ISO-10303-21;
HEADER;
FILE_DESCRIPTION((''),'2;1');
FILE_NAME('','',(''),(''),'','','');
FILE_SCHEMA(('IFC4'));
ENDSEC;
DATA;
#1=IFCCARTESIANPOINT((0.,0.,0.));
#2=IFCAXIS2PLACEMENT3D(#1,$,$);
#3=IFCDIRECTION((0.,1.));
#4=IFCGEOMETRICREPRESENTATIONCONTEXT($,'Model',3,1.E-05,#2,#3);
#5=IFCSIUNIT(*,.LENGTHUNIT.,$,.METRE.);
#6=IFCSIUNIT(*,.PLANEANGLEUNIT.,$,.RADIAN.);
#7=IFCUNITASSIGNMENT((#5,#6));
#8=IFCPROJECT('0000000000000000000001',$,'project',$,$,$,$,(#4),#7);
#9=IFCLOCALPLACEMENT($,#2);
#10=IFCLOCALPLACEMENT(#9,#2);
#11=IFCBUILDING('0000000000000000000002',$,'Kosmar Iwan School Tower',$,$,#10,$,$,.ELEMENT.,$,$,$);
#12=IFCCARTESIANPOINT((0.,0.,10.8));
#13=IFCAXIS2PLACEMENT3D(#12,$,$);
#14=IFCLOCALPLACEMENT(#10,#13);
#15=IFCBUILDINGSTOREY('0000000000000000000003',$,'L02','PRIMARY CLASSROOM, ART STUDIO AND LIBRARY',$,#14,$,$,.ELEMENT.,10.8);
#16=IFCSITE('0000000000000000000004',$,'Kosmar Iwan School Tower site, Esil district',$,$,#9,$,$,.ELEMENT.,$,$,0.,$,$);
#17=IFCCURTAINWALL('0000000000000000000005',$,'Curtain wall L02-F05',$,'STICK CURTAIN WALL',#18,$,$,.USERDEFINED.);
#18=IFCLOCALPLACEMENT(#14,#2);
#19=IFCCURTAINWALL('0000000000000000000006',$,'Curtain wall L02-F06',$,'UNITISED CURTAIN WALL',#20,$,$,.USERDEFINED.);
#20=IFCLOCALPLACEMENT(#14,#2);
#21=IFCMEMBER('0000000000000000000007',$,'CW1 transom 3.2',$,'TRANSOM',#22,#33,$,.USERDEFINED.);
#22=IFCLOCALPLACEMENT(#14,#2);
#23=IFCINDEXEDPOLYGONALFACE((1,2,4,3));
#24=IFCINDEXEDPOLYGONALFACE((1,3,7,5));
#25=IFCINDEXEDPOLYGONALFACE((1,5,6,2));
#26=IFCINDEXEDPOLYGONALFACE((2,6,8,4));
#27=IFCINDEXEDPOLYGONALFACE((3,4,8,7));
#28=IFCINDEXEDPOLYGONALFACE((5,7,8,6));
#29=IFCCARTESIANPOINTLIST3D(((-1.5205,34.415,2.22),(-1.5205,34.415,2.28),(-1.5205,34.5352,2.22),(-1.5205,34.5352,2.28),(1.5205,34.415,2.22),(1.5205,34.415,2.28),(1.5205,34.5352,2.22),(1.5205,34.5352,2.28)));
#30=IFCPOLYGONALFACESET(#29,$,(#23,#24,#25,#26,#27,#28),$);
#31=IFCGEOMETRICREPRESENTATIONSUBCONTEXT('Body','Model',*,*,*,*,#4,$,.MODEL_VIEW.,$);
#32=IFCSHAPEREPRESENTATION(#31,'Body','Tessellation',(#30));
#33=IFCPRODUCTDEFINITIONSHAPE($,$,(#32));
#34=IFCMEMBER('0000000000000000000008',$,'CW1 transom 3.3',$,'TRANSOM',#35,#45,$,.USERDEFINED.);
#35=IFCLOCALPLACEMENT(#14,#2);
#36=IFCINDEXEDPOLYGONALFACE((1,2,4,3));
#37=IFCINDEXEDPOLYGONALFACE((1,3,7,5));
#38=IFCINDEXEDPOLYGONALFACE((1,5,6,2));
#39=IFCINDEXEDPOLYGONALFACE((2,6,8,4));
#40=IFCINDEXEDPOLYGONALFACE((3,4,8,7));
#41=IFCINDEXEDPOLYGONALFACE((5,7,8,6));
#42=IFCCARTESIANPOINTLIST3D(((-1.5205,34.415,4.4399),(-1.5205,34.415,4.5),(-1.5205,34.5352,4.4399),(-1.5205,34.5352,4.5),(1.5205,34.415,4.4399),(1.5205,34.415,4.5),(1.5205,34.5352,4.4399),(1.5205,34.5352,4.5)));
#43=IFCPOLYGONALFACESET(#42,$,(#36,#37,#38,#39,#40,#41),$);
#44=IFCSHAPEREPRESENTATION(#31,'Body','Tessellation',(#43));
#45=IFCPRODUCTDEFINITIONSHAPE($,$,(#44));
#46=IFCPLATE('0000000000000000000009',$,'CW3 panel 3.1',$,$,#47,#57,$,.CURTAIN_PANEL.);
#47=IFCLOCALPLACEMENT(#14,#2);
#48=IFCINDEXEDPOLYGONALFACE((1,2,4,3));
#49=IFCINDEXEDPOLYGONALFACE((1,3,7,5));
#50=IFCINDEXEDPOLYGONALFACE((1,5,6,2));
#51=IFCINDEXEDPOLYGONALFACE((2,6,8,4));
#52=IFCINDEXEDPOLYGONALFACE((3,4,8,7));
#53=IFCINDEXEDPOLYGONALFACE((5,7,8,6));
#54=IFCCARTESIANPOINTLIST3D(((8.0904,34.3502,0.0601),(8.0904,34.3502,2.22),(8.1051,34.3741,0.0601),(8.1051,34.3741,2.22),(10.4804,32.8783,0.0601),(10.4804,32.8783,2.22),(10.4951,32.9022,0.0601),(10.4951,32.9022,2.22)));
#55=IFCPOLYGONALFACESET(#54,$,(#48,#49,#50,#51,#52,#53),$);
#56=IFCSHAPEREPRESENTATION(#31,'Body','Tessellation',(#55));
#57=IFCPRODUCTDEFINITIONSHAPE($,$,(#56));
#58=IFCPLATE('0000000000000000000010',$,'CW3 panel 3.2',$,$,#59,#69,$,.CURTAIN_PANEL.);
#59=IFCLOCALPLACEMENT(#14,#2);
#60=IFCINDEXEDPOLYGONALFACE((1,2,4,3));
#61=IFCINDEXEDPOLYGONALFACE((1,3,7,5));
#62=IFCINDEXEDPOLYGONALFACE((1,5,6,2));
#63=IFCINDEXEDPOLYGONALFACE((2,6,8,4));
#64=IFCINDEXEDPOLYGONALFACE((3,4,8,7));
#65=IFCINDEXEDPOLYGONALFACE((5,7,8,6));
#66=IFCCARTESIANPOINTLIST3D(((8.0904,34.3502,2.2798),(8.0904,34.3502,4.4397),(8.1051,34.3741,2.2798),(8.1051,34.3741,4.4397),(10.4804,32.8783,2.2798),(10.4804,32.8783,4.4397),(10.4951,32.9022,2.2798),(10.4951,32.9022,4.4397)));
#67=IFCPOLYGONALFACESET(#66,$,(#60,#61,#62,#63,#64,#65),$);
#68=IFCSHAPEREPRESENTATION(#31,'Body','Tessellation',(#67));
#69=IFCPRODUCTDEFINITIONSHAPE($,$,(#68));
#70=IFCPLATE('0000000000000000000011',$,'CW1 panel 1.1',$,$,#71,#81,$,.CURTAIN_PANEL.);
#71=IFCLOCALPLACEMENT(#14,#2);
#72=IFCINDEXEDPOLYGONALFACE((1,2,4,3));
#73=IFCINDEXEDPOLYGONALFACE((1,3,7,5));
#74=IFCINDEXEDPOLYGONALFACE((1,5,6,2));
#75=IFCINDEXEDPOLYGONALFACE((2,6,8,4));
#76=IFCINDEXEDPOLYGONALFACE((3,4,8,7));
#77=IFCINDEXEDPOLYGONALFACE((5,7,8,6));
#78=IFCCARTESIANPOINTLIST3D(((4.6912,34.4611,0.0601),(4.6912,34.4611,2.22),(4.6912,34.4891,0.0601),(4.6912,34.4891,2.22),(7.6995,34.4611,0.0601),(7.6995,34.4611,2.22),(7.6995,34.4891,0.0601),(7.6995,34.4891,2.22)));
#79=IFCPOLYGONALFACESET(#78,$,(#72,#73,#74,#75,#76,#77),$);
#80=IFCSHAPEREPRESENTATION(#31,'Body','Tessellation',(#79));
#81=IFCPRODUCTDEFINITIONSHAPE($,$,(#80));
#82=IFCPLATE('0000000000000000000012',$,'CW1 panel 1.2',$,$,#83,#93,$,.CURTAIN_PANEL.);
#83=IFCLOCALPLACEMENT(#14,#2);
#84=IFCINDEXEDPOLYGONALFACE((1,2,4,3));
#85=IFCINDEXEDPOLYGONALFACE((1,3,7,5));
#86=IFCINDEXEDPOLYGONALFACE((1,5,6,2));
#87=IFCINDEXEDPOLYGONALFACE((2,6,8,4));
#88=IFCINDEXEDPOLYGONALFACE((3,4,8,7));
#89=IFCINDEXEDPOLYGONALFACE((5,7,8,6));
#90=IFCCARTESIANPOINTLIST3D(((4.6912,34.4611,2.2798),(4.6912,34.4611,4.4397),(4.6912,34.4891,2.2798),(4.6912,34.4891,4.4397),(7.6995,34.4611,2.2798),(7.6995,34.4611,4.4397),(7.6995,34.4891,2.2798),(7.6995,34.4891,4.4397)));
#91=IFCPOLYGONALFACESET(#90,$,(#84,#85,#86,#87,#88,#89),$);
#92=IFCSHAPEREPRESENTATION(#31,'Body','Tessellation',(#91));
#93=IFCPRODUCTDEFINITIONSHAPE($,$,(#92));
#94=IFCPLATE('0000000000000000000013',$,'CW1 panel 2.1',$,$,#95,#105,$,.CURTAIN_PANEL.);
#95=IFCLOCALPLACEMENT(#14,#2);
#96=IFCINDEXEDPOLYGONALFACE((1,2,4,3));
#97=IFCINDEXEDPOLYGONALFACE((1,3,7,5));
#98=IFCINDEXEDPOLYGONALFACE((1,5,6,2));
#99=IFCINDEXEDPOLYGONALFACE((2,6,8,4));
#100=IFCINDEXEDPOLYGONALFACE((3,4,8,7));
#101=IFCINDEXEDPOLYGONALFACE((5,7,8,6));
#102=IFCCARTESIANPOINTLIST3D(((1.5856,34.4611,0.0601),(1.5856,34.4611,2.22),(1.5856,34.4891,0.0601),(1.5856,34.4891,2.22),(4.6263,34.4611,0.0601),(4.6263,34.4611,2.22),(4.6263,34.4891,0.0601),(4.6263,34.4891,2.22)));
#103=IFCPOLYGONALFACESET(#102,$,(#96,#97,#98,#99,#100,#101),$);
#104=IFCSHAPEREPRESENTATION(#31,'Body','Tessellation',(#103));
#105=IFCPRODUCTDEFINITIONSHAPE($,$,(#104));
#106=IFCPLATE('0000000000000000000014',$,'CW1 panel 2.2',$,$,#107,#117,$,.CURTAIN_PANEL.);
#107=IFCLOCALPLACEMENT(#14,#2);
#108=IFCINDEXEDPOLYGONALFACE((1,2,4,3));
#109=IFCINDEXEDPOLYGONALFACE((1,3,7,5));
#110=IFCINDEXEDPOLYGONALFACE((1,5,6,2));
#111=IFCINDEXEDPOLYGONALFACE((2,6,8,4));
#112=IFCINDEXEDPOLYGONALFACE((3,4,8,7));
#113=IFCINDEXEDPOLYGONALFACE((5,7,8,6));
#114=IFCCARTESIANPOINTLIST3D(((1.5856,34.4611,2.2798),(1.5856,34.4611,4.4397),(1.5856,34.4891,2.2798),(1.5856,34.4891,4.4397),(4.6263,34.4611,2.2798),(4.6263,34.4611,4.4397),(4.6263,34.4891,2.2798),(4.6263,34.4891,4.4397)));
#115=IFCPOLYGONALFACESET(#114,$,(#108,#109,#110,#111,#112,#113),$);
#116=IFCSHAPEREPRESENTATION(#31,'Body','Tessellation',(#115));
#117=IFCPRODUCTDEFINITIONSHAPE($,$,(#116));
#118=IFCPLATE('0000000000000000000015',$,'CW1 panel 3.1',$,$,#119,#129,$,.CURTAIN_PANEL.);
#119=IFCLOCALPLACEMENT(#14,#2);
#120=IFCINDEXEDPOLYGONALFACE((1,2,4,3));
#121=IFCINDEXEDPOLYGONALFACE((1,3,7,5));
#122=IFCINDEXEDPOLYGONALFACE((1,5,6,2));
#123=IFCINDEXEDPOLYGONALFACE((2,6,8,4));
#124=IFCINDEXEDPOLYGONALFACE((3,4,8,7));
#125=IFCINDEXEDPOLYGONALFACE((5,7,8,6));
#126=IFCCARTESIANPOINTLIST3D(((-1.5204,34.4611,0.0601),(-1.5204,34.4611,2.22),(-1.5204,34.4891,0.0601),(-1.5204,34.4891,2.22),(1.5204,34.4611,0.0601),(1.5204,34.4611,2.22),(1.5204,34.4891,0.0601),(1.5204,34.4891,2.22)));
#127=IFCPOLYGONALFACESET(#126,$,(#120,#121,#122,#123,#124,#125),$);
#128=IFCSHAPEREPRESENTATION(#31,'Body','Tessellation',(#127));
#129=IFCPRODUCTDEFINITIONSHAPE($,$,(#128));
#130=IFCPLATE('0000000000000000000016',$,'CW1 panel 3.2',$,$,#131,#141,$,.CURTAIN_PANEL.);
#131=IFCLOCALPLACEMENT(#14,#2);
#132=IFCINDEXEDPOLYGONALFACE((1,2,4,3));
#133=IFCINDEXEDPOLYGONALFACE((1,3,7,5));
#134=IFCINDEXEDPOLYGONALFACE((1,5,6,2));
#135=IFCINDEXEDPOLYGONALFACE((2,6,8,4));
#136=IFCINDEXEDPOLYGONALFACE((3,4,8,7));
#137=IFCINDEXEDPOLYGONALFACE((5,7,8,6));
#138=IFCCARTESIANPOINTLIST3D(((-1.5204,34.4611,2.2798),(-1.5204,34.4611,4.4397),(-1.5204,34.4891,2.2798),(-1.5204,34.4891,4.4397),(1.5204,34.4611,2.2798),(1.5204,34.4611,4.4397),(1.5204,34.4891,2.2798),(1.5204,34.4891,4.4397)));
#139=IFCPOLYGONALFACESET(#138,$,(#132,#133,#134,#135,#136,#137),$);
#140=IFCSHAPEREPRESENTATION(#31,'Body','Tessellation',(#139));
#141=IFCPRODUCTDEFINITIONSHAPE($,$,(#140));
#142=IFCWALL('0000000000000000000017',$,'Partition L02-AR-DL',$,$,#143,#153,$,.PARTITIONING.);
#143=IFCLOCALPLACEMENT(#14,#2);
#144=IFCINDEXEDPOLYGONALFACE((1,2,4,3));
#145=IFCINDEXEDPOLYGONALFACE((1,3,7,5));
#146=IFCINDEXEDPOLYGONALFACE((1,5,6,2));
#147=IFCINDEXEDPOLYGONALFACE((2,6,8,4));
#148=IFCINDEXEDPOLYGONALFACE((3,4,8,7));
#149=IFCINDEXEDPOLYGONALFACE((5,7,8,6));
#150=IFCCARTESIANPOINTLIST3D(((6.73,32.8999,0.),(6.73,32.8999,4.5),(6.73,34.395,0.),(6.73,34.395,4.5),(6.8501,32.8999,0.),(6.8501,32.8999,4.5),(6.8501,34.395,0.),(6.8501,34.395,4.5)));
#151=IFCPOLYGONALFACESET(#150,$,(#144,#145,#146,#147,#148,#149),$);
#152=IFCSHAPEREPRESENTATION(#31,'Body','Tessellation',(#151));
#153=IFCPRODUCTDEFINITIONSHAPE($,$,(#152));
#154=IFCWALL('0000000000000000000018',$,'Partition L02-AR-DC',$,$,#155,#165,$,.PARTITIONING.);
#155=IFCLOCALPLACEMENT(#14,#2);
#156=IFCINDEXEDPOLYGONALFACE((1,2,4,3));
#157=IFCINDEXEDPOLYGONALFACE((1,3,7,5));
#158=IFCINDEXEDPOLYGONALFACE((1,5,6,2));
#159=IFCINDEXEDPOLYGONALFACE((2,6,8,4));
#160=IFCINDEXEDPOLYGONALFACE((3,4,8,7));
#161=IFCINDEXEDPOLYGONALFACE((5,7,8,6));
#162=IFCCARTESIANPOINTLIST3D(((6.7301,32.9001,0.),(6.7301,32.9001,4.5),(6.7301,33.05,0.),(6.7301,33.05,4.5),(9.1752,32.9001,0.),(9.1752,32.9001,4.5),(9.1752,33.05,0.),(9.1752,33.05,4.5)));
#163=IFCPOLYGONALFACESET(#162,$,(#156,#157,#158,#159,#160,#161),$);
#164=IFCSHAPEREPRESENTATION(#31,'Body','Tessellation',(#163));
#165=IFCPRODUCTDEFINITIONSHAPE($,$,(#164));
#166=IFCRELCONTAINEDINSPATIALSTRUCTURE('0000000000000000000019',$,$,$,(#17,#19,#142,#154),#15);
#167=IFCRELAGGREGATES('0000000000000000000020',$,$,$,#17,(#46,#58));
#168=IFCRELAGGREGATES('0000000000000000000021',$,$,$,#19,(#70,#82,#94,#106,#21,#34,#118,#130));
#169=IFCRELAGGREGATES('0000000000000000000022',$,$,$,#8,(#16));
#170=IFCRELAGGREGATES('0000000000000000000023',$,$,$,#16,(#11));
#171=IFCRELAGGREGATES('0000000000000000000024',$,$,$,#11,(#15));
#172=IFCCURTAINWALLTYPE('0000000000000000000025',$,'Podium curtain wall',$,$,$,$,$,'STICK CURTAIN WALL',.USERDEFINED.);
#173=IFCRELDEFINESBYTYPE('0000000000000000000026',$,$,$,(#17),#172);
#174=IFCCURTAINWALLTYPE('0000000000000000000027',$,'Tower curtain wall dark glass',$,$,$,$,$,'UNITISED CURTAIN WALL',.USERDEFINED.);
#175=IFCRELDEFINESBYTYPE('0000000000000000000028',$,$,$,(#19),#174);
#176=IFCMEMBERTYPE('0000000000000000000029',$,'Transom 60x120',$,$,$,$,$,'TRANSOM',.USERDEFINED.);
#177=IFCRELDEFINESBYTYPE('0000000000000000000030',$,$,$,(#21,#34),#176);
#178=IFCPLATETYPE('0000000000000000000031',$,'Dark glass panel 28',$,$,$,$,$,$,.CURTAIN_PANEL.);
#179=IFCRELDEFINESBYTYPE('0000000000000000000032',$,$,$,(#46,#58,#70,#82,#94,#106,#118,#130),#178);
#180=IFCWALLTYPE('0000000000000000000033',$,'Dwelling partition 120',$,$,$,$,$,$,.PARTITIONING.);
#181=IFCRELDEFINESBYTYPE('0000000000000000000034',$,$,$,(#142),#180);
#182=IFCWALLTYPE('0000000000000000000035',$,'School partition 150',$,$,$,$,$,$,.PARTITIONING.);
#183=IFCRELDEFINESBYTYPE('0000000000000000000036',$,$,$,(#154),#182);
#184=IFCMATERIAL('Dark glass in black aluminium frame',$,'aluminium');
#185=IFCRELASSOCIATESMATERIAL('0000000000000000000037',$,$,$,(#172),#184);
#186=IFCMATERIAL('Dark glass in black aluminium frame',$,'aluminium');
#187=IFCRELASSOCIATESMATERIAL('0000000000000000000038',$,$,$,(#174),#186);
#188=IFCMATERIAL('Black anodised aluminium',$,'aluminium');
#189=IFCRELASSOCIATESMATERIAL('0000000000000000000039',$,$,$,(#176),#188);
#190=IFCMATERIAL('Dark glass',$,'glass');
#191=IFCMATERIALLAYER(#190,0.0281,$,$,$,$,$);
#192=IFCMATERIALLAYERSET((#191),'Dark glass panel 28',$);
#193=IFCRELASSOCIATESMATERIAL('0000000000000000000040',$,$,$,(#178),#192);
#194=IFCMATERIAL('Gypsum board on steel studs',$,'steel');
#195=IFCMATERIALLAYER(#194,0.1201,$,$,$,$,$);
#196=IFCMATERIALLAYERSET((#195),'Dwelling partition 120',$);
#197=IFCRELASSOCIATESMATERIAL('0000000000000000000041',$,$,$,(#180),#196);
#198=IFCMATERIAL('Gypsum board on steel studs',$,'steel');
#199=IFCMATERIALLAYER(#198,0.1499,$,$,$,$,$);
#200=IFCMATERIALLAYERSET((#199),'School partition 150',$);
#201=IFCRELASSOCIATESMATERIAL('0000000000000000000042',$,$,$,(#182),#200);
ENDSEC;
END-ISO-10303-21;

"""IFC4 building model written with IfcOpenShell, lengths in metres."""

from ifc_helpers import new_model, si_unit, direction, frame, frame_2d, origin, origin_2d, place, context, subcontext, project, spatial, rectangle, extrude, material, layer, layer_set, material_profile, profile_set, type_object, element, aggregate, save


model = new_model("IFC4")

# Units and contexts
model_context = context("Model", 3, precision=1e-05, world=origin(), true_north=direction((0.0, 1.0)))
body_context = subcontext(model_context, "Body", "Model", "MODEL_VIEW")
ifc_project = project(units=[si_unit("LENGTHUNIT", "METRE"), si_unit("PLANEANGLEUNIT", "RADIAN")], contexts=[model_context])

# Site, building, storey
site_placement = place(None, origin())
site = spatial("IfcSite", under=ifc_project, at=site_placement, Name="Kosmar Iwan School Tower site, Esil district", CompositionType="ELEMENT", RefElevation=0.0)
building_placement = place(site_placement, origin())
building = spatial("IfcBuilding", under=site, at=building_placement, Name="Kosmar Iwan School Tower", CompositionType="ELEMENT")
storey_placement = place(building_placement, frame((0.0, 0.0, 10.8)))
storey = spatial("IfcBuildingStorey", under=building, at=storey_placement, Name="L02", Description="PRIMARY CLASSROOM, ART STUDIO AND LIBRARY", CompositionType="ELEMENT", Elevation=10.8)

# Curtain wall
ifc_material_1 = material(Name="Dark glass in black aluminium frame", Category="aluminium")
curtain_wall_type_1 = type_object("IfcCurtainWallType", Name="Podium curtain wall", ElementType="STICK CURTAIN WALL", PredefinedType="USERDEFINED", material=ifc_material_1)
curtain_wall_1_placement = place(storey_placement, origin())
curtain_wall_1 = element("IfcCurtainWall", 1, at=curtain_wall_1_placement, inside=storey, type_object=curtain_wall_type_1, Name="Curtain wall L02-F05", ObjectType="STICK CURTAIN WALL", PredefinedType="USERDEFINED")

# Curtain wall
ifc_material_2 = material(Name="Dark glass in black aluminium frame", Category="aluminium")
curtain_wall_type_2 = type_object("IfcCurtainWallType", Name="Tower curtain wall dark glass", ElementType="UNITISED CURTAIN WALL", PredefinedType="USERDEFINED", material=ifc_material_2)
curtain_wall_2_placement = place(storey_placement, origin())
curtain_wall_2 = element("IfcCurtainWall", 2, at=curtain_wall_2_placement, inside=storey, type_object=curtain_wall_type_2, Name="Curtain wall L02-F06", ObjectType="UNITISED CURTAIN WALL", PredefinedType="USERDEFINED")

# Members
ifc_material_3 = material(Name="Black anodised aluminium", Category="aluminium")
ifc_material_profile_1 = material_profile(ifc_material_3, rectangle(XDim=0.1201, YDim=0.0601, at=origin_2d()), Name="TRANSOM 60x120")
ifc_profile_set_1 = profile_set([ifc_material_profile_1], Name="Black anodised aluminium")
member_type_1 = type_object("IfcMemberType", Name="Transom 60x120", ElementType="TRANSOM", PredefinedType="USERDEFINED", material=ifc_profile_set_1)
member_1_placement = place(storey_placement, frame((1.5205, 34.4751, 2.25), z_axis=(-1.0, 0.0, 0.0), x_axis=(0.0, -1.0, 0.0)))
member_1 = element("IfcMember", 3, at=member_1_placement, type_object=member_type_1, Name="CW1 transom 3.2", ObjectType="TRANSOM", PredefinedType="USERDEFINED", context=body_context, shape_type="SweptSolid", body=[
    extrude(rectangle(XDim=0.1201, YDim=0.0601, at=origin_2d()), origin(), (0.0, 0.0, 1.0), 3.041),
])
member_2_placement = place(storey_placement, frame((1.5205, 34.4751, 4.47), z_axis=(-1.0, 0.0, 0.0), x_axis=(0.0, -1.0, 0.0)))
member_2 = element("IfcMember", 4, at=member_2_placement, type_object=member_type_1, Name="CW1 transom 3.3", ObjectType="TRANSOM", PredefinedType="USERDEFINED", context=body_context, shape_type="SweptSolid", body=[
    extrude(rectangle(XDim=0.1201, YDim=0.0601, at=origin_2d()), origin(), (0.0, 0.0, 1.0), 3.041),
])

# Plates
ifc_material_4 = material(Name="Dark glass", Category="glass")
ifc_layer_1 = layer(ifc_material_4, 0.0281)
ifc_layer_set_1 = layer_set([ifc_layer_1], Name="Dark glass panel 28")
plate_type = type_object("IfcPlateType", Name="Dark glass panel 28", PredefinedType="CURTAIN_PANEL", material=ifc_layer_set_1)
plate_1_placement = place(storey_placement, frame((9.2927, 33.6262, 0.0601), z_axis=(0.0, 0.0, 1.0), x_axis=(-0.851483, 0.524382, 0.0)))
plate_1 = element("IfcPlate", 5, at=plate_1_placement, type_object=plate_type, Name="CW3 panel 3.1", PredefinedType="CURTAIN_PANEL", context=body_context, shape_type="SweptSolid", body=[
    extrude(rectangle(XDim=2.8069, YDim=0.0281, at=origin_2d()), origin(), (0.0, 0.0, 1.0), 2.1599),
])
plate_2_placement = place(storey_placement, frame((9.2927, 33.6262, 2.2798), z_axis=(0.0, 0.0, 1.0), x_axis=(-0.851483, 0.524382, 0.0)))
plate_2 = element("IfcPlate", 6, at=plate_2_placement, type_object=plate_type, Name="CW3 panel 3.2", PredefinedType="CURTAIN_PANEL", context=body_context, shape_type="SweptSolid", body=[
    extrude(rectangle(XDim=2.8069, YDim=0.0281, at=origin_2d()), origin(), (0.0, 0.0, 1.0), 2.1599),
])
aggregate(curtain_wall_1, [plate_1, plate_2])
plate_3_placement = place(storey_placement, frame((6.1953, 34.4751, 0.0601), z_axis=(0.0, 0.0, 1.0), x_axis=(-1.0, 0.0, 0.0)))
plate_3 = element("IfcPlate", 7, at=plate_3_placement, type_object=plate_type, Name="CW1 panel 1.1", PredefinedType="CURTAIN_PANEL", context=body_context, shape_type="SweptSolid", body=[
    extrude(rectangle(XDim=3.0083, YDim=0.0281, at=origin_2d()), origin(), (0.0, 0.0, 1.0), 2.1599),
])
plate_4_placement = place(storey_placement, frame((6.1953, 34.4751, 2.2798), z_axis=(0.0, 0.0, 1.0), x_axis=(-1.0, 0.0, 0.0)))
plate_4 = element("IfcPlate", 8, at=plate_4_placement, type_object=plate_type, Name="CW1 panel 1.2", PredefinedType="CURTAIN_PANEL", context=body_context, shape_type="SweptSolid", body=[
    extrude(rectangle(XDim=3.0083, YDim=0.0281, at=origin_2d()), origin(), (0.0, 0.0, 1.0), 2.1599),
])
plate_5_placement = place(storey_placement, frame((3.106, 34.4751, 0.0601), z_axis=(0.0, 0.0, 1.0), x_axis=(-1.0, 0.0, 0.0)))
plate_5 = element("IfcPlate", 9, at=plate_5_placement, type_object=plate_type, Name="CW1 panel 2.1", PredefinedType="CURTAIN_PANEL", context=body_context, shape_type="SweptSolid", body=[
    extrude(rectangle(XDim=3.0408, YDim=0.0281, at=origin_2d()), origin(), (0.0, 0.0, 1.0), 2.1599),
])
plate_6_placement = place(storey_placement, frame((3.106, 34.4751, 2.2798), z_axis=(0.0, 0.0, 1.0), x_axis=(-1.0, 0.0, 0.0)))
plate_6 = element("IfcPlate", 10, at=plate_6_placement, type_object=plate_type, Name="CW1 panel 2.2", PredefinedType="CURTAIN_PANEL", context=body_context, shape_type="SweptSolid", body=[
    extrude(rectangle(XDim=3.0408, YDim=0.0281, at=origin_2d()), origin(), (0.0, 0.0, 1.0), 2.1599),
])
plate_7_placement = place(storey_placement, frame((0.0, 34.4751, 0.0601), z_axis=(0.0, 0.0, 1.0), x_axis=(-1.0, 0.0, 0.0)))
plate_7 = element("IfcPlate", 11, at=plate_7_placement, type_object=plate_type, Name="CW1 panel 3.1", PredefinedType="CURTAIN_PANEL", context=body_context, shape_type="SweptSolid", body=[
    extrude(rectangle(XDim=3.0408, YDim=0.0281, at=origin_2d()), origin(), (0.0, 0.0, 1.0), 2.1599),
])
plate_8_placement = place(storey_placement, frame((0.0, 34.4751, 2.2798), z_axis=(0.0, 0.0, 1.0), x_axis=(-1.0, 0.0, 0.0)))
plate_8 = element("IfcPlate", 12, at=plate_8_placement, type_object=plate_type, Name="CW1 panel 3.2", PredefinedType="CURTAIN_PANEL", context=body_context, shape_type="SweptSolid", body=[
    extrude(rectangle(XDim=3.0408, YDim=0.0281, at=origin_2d()), origin(), (0.0, 0.0, 1.0), 2.1599),
])
aggregate(curtain_wall_2, [plate_3, plate_4, plate_5, plate_6, member_1, member_2, plate_7, plate_8])

# Walls
ifc_material_5 = material(Name="Gypsum board on steel studs", Category="steel")
ifc_layer_2 = layer(ifc_material_5, 0.1201)
ifc_layer_set_2 = layer_set([ifc_layer_2], Name="Dwelling partition 120")
wall_type_1 = type_object("IfcWallType", Name="Dwelling partition 120", PredefinedType="PARTITIONING", material=ifc_layer_set_2)
wall_1_placement = place(storey_placement, frame((6.79, 32.8999, 0.0), z_axis=(0.0, 0.0, 1.0), x_axis=(0.0, 1.0, 0.0)))
element("IfcWall", 13, at=wall_1_placement, inside=storey, type_object=wall_type_1, Name="Partition L02-AR-DL", PredefinedType="PARTITIONING", context=body_context, shape_type="SweptSolid", body=[
    extrude(rectangle(XDim=1.4951, YDim=0.1201, at=frame_2d((0.7476, 0.0))), origin(), (0.0, 0.0, 1.0), 4.5),
])
ifc_material_6 = material(Name="Gypsum board on steel studs", Category="steel")
ifc_layer_3 = layer(ifc_material_6, 0.1499)
ifc_layer_set_3 = layer_set([ifc_layer_3], Name="School partition 150")
wall_type_2 = type_object("IfcWallType", Name="School partition 150", PredefinedType="PARTITIONING", material=ifc_layer_set_3)
wall_2_placement = place(storey_placement, frame((6.73, 32.9751, 0.0), z_axis=(0.0, 0.0, 1.0), x_axis=(1.0, 0.0, 0.0)))
element("IfcWall", 14, at=wall_2_placement, inside=storey, type_object=wall_type_2, Name="Partition L02-AR-DC", PredefinedType="PARTITIONING", context=body_context, shape_type="SweptSolid", body=[
    extrude(rectangle(XDim=2.4451, YDim=0.1499, at=frame_2d((1.2227, 0.0))), origin(), (0.0, 0.0, 1.0), 4.5),
])

save(model, "model.ifc")
